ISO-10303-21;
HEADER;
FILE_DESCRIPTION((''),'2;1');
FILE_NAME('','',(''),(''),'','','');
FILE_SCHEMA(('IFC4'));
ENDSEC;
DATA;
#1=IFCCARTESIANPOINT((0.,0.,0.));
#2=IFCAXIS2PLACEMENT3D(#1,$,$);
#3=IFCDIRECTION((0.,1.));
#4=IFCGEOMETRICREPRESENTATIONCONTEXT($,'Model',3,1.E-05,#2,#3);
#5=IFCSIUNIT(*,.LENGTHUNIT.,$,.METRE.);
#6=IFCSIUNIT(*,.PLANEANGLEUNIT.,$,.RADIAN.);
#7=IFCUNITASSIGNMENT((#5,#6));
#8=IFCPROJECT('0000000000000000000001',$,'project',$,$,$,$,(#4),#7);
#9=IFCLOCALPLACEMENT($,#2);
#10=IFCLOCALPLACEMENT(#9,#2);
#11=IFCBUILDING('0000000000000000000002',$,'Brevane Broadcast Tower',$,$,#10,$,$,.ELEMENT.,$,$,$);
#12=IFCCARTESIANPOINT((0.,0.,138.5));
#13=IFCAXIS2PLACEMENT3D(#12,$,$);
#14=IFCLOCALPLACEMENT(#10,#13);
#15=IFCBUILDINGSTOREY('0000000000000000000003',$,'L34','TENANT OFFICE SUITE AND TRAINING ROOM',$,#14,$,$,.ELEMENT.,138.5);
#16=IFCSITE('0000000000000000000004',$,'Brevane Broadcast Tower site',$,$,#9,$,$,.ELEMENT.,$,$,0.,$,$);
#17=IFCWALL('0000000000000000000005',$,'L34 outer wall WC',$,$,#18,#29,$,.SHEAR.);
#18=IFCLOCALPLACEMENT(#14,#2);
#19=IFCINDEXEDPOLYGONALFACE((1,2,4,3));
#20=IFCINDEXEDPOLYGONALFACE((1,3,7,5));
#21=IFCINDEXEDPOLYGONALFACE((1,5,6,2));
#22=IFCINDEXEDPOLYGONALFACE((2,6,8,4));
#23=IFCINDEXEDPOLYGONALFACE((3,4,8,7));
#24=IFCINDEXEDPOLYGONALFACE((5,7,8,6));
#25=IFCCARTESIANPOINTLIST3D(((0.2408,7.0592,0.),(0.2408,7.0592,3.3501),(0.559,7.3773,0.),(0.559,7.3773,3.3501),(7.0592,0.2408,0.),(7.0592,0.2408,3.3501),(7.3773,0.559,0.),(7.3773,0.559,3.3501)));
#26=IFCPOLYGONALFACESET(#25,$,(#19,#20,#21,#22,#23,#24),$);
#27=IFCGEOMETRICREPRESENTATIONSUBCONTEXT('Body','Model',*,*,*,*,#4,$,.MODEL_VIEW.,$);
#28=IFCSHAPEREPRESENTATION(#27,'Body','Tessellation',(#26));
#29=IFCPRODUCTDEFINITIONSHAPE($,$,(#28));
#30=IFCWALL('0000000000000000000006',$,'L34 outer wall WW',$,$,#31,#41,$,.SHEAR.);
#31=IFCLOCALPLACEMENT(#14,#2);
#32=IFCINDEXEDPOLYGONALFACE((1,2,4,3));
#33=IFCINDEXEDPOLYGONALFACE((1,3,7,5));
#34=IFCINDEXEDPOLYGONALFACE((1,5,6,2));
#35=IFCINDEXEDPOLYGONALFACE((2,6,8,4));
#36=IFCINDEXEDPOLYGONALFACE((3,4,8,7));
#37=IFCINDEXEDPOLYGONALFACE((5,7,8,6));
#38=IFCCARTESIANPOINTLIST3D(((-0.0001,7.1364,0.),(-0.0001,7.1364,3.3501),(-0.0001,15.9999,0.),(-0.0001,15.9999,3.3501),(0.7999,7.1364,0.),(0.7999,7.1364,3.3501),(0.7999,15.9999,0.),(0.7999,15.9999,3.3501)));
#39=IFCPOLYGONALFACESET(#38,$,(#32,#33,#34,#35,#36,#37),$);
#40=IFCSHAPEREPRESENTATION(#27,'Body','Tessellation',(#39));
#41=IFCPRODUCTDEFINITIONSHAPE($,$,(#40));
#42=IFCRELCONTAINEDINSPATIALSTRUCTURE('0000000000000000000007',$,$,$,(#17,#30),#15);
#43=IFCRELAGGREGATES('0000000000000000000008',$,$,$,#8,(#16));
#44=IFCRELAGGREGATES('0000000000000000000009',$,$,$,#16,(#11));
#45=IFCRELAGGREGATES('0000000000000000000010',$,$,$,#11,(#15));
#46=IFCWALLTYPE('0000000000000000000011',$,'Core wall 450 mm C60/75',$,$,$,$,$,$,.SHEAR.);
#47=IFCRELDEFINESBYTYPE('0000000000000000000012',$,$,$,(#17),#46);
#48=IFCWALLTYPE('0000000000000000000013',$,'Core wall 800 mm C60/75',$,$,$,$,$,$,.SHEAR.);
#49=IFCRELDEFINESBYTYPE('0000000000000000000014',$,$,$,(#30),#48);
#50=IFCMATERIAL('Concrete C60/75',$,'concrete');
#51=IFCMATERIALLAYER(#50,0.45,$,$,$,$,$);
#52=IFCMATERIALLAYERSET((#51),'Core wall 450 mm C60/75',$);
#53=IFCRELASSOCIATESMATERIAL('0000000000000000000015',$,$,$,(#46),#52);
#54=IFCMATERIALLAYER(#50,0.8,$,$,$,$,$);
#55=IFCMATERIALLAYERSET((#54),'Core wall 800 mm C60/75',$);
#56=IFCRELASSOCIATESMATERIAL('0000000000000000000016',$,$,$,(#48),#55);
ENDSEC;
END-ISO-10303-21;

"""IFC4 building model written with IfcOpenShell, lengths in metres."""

from ifc_helpers import new_model, si_unit, direction, frame, frame_2d, origin, place, context, subcontext, project, spatial, rectangle, extrude, material, layer, layer_set, type_object, element, save


model = new_model("IFC4")

# Units and contexts
model_context = context("Model", 3, precision=1e-05, world=origin(), true_north=direction((0.0, 1.0)))
body_context = subcontext(model_context, "Body", "Model", "MODEL_VIEW")
ifc_project = project(units=[si_unit("LENGTHUNIT", "METRE"), si_unit("PLANEANGLEUNIT", "RADIAN")], contexts=[model_context])

# Site, building, storey
site_placement = place(None, origin())
site = spatial("IfcSite", under=ifc_project, at=site_placement, Name="Brevane Broadcast Tower site", CompositionType="ELEMENT", RefElevation=0.0)
building_placement = place(site_placement, origin())
building = spatial("IfcBuilding", under=site, at=building_placement, Name="Brevane Broadcast Tower", CompositionType="ELEMENT")
storey_placement = place(building_placement, frame((0.0, 0.0, 138.5)))
storey = spatial("IfcBuildingStorey", under=building, at=storey_placement, Name="L34", Description="TENANT OFFICE SUITE AND TRAINING ROOM", CompositionType="ELEMENT", Elevation=138.5)

# Walls
ifc_material_1 = material(Name="Concrete C60/75", Category="concrete")
ifc_layer_1 = layer(ifc_material_1, 0.45)
ifc_layer_set_1 = layer_set([ifc_layer_1], Name="Core wall 450 mm C60/75")
wall_type_1 = type_object("IfcWallType", Name="Core wall 450 mm C60/75", PredefinedType="SHEAR", material=ifc_layer_set_1)
wall_1_placement = place(storey_placement, frame((0.3999, 7.2183, 0.0), z_axis=(0.0, 0.0, 1.0), x_axis=(0.707107, -0.707107, 0.0)))
element("IfcWall", 1, at=wall_1_placement, inside=storey, type_object=wall_type_1, Name="L34 outer wall WC", PredefinedType="SHEAR", context=body_context, shape_type="SweptSolid", body=[
    extrude(rectangle(XDim=9.6426, YDim=0.45, at=frame_2d((4.8213, 0.0))), origin(), (0.0, 0.0, 1.0), 3.3501),
])
ifc_layer_2 = layer(ifc_material_1, 0.8)
ifc_layer_set_2 = layer_set([ifc_layer_2], Name="Core wall 800 mm C60/75")
wall_type_2 = type_object("IfcWallType", Name="Core wall 800 mm C60/75", PredefinedType="SHEAR", material=ifc_layer_set_2)
wall_2_placement = place(storey_placement, frame((0.3999, 7.1365, 0.0), z_axis=(0.0, 0.0, 1.0), x_axis=(0.0, 1.0, 0.0)))
element("IfcWall", 2, at=wall_2_placement, inside=storey, type_object=wall_type_2, Name="L34 outer wall WW", PredefinedType="SHEAR", context=body_context, shape_type="SweptSolid", body=[
    extrude(rectangle(XDim=8.8635, YDim=0.8, at=frame_2d((4.4316, 0.0))), origin(), (0.0, 0.0, 1.0), 3.3501),
])

save(model, "model.ifc")
